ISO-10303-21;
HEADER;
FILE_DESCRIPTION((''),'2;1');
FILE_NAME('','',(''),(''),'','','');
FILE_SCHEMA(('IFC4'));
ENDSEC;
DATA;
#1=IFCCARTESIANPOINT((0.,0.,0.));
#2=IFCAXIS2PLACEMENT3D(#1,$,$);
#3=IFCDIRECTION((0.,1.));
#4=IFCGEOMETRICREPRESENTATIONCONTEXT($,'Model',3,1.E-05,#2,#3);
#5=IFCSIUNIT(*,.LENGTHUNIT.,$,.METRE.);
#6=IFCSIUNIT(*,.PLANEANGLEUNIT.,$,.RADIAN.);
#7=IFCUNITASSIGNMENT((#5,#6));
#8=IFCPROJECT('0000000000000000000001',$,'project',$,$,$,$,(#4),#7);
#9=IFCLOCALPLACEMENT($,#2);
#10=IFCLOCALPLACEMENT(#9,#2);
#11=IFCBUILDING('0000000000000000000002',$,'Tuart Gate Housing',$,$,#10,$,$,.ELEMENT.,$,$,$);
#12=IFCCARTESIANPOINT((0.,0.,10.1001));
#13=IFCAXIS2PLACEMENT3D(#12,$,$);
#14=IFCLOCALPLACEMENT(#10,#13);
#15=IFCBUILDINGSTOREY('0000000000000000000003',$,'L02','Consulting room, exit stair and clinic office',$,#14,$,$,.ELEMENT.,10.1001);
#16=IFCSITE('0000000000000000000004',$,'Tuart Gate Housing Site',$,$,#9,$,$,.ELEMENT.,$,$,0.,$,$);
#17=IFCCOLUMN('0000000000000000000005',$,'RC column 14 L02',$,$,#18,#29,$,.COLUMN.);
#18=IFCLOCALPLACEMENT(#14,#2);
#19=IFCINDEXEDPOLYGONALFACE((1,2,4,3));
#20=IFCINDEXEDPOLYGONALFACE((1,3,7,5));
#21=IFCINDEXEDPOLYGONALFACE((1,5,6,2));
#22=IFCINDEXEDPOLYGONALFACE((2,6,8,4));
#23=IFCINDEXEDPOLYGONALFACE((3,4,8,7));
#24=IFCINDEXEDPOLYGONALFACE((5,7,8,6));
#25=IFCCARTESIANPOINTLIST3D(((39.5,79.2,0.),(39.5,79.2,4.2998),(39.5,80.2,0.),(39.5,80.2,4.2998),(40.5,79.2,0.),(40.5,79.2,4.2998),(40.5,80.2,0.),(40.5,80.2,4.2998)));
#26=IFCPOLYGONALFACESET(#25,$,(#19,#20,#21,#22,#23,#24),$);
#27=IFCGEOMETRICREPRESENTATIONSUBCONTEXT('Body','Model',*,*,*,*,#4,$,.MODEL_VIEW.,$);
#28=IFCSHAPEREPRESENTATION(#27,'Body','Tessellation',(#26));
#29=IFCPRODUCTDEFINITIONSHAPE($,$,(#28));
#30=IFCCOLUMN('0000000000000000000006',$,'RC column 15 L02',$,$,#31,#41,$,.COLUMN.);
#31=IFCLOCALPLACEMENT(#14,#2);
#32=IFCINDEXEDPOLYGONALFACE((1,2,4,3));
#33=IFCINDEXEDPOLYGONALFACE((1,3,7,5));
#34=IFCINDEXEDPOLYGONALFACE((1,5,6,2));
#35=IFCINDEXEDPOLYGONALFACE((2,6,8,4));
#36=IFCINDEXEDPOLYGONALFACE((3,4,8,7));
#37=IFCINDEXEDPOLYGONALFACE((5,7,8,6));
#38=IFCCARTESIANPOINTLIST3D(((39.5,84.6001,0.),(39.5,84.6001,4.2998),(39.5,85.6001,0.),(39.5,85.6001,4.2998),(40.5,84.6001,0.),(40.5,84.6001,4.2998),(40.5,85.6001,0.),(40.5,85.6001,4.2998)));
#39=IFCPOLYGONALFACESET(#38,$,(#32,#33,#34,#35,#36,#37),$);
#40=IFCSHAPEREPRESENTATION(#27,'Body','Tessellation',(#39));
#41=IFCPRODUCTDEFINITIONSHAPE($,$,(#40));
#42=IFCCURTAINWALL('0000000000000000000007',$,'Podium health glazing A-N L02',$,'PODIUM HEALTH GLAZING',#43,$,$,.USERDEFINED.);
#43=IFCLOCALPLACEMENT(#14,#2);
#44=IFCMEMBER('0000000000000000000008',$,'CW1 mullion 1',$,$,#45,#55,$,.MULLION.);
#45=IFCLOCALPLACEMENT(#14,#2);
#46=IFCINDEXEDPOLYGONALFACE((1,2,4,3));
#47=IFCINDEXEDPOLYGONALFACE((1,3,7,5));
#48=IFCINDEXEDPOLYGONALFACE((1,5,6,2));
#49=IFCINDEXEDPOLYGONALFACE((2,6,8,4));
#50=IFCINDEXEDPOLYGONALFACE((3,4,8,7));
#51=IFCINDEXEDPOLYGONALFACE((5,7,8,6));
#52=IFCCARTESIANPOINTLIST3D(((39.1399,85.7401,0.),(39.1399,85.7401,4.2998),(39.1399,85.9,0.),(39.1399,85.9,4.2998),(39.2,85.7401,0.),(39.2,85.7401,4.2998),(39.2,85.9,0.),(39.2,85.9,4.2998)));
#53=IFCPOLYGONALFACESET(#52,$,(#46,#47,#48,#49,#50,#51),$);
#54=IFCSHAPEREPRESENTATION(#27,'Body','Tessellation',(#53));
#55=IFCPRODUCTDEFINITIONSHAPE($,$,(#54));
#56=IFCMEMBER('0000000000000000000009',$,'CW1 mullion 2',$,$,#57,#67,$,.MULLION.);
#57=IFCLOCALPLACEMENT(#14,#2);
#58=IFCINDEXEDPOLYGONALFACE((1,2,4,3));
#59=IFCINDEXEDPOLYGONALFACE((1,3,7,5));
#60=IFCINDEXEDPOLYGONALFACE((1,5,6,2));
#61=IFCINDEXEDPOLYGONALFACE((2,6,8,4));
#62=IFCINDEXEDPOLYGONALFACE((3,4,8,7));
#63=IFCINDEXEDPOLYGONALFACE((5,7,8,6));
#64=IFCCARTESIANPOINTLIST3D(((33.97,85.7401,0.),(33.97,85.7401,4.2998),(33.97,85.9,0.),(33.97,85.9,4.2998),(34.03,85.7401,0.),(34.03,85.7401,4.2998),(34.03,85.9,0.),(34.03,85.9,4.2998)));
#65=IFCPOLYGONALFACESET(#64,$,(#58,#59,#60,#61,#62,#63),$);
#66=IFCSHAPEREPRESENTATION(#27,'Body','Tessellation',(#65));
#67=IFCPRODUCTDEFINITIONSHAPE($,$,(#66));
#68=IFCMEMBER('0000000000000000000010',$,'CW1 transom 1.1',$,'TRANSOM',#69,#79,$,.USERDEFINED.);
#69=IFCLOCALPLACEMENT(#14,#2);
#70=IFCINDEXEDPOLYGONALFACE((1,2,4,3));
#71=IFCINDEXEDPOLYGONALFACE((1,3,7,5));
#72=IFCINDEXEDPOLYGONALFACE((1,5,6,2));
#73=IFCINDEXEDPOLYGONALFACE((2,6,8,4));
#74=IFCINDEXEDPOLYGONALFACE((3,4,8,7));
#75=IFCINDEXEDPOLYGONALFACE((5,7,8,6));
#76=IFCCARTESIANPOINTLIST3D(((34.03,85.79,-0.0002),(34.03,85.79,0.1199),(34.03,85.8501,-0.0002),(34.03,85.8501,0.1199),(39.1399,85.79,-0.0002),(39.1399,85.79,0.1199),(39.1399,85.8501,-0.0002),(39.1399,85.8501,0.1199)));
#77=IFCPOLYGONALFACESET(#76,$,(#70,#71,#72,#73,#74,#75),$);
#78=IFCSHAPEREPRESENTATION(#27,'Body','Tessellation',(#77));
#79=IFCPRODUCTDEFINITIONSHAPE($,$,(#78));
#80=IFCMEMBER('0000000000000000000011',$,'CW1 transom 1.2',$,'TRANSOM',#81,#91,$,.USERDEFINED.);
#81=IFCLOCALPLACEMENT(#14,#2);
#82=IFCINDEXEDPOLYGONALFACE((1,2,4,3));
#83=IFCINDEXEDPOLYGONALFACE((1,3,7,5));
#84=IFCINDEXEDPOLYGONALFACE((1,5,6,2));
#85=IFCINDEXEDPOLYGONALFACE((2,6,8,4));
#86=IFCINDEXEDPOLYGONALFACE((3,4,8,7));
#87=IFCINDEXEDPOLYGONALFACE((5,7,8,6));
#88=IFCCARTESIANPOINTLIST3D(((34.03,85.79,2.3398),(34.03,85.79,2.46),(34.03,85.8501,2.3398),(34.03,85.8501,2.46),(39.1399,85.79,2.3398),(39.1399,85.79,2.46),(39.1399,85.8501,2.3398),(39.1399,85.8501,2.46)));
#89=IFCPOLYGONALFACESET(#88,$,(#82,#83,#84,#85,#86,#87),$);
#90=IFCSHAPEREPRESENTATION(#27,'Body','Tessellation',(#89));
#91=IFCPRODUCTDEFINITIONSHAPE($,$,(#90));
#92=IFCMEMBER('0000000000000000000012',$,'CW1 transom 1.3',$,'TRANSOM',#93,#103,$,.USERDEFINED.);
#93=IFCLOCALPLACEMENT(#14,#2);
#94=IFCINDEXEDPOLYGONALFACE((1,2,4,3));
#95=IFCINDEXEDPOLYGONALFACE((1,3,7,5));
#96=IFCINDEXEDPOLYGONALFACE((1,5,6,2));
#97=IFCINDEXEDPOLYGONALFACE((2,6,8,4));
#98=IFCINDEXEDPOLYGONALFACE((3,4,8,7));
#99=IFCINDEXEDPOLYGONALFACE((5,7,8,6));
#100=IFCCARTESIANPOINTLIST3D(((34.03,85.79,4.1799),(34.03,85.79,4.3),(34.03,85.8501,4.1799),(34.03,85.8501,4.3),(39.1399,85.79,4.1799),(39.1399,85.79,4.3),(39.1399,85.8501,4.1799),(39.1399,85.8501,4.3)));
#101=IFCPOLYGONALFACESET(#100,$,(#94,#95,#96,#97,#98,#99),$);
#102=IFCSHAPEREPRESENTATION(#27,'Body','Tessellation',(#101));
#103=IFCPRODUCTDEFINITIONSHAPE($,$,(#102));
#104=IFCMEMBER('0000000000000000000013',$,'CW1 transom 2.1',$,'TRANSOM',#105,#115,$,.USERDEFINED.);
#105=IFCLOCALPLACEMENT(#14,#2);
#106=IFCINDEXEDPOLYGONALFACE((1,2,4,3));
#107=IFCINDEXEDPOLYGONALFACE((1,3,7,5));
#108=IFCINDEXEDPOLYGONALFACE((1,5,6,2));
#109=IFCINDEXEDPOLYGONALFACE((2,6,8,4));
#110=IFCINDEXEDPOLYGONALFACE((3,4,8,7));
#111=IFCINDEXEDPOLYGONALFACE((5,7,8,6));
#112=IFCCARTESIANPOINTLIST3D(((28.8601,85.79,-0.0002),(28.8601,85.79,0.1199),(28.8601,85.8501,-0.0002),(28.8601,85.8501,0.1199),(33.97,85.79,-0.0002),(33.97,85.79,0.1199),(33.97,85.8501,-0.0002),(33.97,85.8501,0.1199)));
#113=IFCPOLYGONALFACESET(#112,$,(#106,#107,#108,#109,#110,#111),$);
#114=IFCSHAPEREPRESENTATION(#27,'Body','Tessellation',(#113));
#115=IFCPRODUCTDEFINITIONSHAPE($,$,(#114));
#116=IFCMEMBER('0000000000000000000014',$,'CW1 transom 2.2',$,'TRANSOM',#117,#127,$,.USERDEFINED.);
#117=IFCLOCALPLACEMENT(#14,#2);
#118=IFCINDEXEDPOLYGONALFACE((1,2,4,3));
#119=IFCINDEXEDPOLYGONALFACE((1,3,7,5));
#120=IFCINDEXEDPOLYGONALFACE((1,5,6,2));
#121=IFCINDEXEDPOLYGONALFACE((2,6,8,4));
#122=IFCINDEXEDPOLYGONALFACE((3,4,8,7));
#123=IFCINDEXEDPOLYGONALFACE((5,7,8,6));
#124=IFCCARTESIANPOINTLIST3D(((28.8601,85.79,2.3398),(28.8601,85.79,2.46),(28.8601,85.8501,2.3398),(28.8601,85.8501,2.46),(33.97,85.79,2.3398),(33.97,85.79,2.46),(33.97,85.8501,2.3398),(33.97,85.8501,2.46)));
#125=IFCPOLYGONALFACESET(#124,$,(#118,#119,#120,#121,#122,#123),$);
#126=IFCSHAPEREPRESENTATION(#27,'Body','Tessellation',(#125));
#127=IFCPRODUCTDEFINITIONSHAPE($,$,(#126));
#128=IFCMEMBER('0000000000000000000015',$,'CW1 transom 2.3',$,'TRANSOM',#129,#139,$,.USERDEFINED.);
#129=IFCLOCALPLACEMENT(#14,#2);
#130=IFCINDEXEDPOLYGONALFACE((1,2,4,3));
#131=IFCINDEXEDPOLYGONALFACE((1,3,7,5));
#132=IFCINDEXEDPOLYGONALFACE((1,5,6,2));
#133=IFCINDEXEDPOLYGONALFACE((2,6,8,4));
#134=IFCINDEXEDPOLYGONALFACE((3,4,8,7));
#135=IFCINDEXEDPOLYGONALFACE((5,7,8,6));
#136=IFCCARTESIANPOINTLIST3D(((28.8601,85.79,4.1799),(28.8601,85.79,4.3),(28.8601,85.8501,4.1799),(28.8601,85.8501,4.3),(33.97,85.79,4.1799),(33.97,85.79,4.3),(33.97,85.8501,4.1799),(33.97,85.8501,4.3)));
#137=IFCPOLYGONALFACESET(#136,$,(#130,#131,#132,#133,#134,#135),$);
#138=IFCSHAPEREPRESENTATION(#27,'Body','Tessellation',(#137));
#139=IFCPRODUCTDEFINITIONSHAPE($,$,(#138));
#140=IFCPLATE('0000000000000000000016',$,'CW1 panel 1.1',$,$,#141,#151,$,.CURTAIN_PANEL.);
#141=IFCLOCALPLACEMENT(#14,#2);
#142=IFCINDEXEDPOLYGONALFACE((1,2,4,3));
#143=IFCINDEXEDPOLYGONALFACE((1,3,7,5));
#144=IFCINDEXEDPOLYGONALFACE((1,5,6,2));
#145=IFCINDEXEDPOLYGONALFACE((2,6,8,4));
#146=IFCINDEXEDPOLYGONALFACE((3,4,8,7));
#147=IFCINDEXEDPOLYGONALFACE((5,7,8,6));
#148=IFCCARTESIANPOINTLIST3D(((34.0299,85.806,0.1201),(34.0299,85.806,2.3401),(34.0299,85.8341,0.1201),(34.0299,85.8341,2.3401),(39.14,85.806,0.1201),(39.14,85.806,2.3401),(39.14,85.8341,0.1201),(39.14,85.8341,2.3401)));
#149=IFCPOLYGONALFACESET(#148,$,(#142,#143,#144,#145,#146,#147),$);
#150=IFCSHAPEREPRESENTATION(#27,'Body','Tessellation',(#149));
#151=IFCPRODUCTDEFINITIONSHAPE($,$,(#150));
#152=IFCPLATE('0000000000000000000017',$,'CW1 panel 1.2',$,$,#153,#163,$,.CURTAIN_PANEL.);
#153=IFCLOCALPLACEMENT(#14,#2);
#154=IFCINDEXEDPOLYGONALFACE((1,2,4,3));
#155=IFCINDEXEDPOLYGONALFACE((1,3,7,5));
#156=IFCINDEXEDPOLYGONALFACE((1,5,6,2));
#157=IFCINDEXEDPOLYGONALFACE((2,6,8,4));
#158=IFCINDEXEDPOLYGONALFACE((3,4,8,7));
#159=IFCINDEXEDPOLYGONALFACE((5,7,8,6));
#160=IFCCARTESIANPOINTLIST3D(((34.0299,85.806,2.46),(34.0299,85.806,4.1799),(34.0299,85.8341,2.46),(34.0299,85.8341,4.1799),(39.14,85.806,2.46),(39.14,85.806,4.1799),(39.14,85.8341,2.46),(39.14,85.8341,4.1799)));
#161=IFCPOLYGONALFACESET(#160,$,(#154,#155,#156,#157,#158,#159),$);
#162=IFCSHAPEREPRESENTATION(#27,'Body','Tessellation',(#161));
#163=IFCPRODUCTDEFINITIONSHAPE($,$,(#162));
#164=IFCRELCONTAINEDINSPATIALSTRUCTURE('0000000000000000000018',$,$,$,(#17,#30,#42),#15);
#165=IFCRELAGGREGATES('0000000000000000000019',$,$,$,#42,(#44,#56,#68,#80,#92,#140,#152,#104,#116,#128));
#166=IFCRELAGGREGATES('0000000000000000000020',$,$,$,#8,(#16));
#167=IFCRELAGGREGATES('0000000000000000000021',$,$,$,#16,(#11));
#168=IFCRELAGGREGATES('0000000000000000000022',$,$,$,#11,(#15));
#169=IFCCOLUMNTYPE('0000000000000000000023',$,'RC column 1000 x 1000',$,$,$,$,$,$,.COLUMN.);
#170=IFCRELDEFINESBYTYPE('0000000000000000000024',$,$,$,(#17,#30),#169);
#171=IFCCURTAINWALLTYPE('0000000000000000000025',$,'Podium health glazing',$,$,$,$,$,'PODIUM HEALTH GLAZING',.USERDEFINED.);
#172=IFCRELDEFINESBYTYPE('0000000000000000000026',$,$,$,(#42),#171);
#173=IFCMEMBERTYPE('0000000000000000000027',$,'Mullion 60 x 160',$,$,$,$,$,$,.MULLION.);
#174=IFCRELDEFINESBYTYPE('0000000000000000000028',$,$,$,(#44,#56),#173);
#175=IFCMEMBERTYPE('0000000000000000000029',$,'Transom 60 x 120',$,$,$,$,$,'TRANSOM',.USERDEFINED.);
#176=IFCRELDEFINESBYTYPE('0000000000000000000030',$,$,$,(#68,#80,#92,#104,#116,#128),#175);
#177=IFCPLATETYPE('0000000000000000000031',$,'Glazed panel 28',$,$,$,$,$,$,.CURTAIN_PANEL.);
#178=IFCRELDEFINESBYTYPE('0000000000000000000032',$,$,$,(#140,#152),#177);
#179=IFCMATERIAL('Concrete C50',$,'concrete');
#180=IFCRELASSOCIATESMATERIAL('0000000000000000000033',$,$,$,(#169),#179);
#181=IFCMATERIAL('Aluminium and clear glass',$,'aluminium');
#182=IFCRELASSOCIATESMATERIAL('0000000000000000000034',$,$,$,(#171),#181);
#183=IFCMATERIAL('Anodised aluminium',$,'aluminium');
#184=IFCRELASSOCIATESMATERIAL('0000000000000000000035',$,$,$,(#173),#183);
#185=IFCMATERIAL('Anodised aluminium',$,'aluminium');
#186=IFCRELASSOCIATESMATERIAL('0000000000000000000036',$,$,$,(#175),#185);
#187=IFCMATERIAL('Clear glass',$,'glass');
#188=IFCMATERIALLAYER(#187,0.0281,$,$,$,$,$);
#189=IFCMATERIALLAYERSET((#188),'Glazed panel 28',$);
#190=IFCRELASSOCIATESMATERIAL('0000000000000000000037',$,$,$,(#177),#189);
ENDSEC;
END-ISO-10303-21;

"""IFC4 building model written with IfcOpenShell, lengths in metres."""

from ifc_helpers import new_model, si_unit, direction, frame, origin, origin_2d, place, context, subcontext, project, spatial, rectangle, extrude, material, layer, layer_set, material_profile, profile_set, type_object, element, aggregate, save


model = new_model("IFC4")

# Units and contexts
model_context = context("Model", 3, precision=1e-05, world=origin(), true_north=direction((0.0, 1.0)))
body_context = subcontext(model_context, "Body", "Model", "MODEL_VIEW")
ifc_project = project(units=[si_unit("LENGTHUNIT", "METRE"), si_unit("PLANEANGLEUNIT", "RADIAN")], contexts=[model_context])

# Site, building, storey
site_placement = place(None, origin())
site = spatial("IfcSite", under=ifc_project, at=site_placement, Name="Tuart Gate Housing Site", CompositionType="ELEMENT", RefElevation=0.0)
building_placement = place(site_placement, origin())
building = spatial("IfcBuilding", under=site, at=building_placement, Name="Tuart Gate Housing", CompositionType="ELEMENT")
storey_placement = place(building_placement, frame((0.0, 0.0, 10.1001)))
storey = spatial("IfcBuildingStorey", under=building, at=storey_placement, Name="L02", Description="Consulting room, exit stair and clinic office", CompositionType="ELEMENT", Elevation=10.1001)

# Columns
ifc_material_1 = material(Name="Concrete C50", Category="concrete")
ifc_material_profile_1 = material_profile(ifc_material_1, rectangle(XDim=1.0, YDim=1.0, at=origin_2d()), Name="RC column 1000 x 1000")
ifc_profile_set_1 = profile_set([ifc_material_profile_1], Name="Concrete C50")
column_type = type_object("IfcColumnType", Name="RC column 1000 x 1000", PredefinedType="COLUMN", material=ifc_profile_set_1)
for number, where, z_axis, x_axis, name in (
    (1, (40.0, 79.7, 0.0), (0.0, 0.0, 1.0), (1.0, 0.0, 0.0), "RC column 14 L02"),
    (2, (40.0, 85.1001, 0.0), (0.0, 0.0, 1.0), (1.0, 0.0, 0.0), "RC column 15 L02"),
):
    element("IfcColumn", number, at=place(storey_placement, frame(where, z_axis=z_axis, x_axis=x_axis)), inside=storey, type_object=column_type, Name=name, PredefinedType="COLUMN", context=body_context, shape_type="SweptSolid", body=[
        extrude(rectangle(XDim=1.0, YDim=1.0, at=origin_2d()), origin(), (0.0, 0.0, 1.0), 4.2998),
    ])

# Curtain wall, members, plates
ifc_material_2 = material(Name="Aluminium and clear glass", Category="aluminium")
curtain_wall_type = type_object("IfcCurtainWallType", Name="Podium health glazing", ElementType="PODIUM HEALTH GLAZING", PredefinedType="USERDEFINED", material=ifc_material_2)
curtain_wall_placement = place(storey_placement, origin())
curtain_wall = element("IfcCurtainWall", 3, at=curtain_wall_placement, inside=storey, type_object=curtain_wall_type, Name="Podium health glazing A-N L02", ObjectType="PODIUM HEALTH GLAZING", PredefinedType="USERDEFINED")
ifc_material_3 = material(Name="Anodised aluminium", Category="aluminium")
ifc_material_profile_2 = material_profile(ifc_material_3, rectangle(XDim=0.0601, YDim=0.1599, at=origin_2d()), Name="60x160")
ifc_profile_set_2 = profile_set([ifc_material_profile_2], Name="Anodised aluminium")
member_type_1 = type_object("IfcMemberType", Name="Mullion 60 x 160", PredefinedType="MULLION", material=ifc_profile_set_2)
member_1_placement = place(storey_placement, frame((39.1699, 85.8201, 0.0), z_axis=(0.0, 0.0, 1.0), x_axis=(-1.0, 0.0, 0.0)))
member_1 = element("IfcMember", 4, at=member_1_placement, type_object=member_type_1, Name="CW1 mullion 1", PredefinedType="MULLION", context=body_context, shape_type="SweptSolid", body=[
    extrude(rectangle(XDim=0.0601, YDim=0.1599, at=origin_2d()), origin(), (0.0, 0.0, 1.0), 4.2998),
])
member_2_placement = place(storey_placement, frame((34.0, 85.8201, 0.0), z_axis=(0.0, 0.0, 1.0), x_axis=(-1.0, 0.0, 0.0)))
member_2 = element("IfcMember", 5, at=member_2_placement, type_object=member_type_1, Name="CW1 mullion 2", PredefinedType="MULLION", context=body_context, shape_type="SweptSolid", body=[
    extrude(rectangle(XDim=0.0601, YDim=0.1599, at=origin_2d()), origin(), (0.0, 0.0, 1.0), 4.2998),
])
ifc_material_4 = material(Name="Anodised aluminium", Category="aluminium")
ifc_material_profile_3 = material_profile(ifc_material_4, rectangle(XDim=0.0601, YDim=0.1201, at=origin_2d()), Name="60x120")
ifc_profile_set_3 = profile_set([ifc_material_profile_3], Name="Anodised aluminium")
member_type_2 = type_object("IfcMemberType", Name="Transom 60 x 120", ElementType="TRANSOM", PredefinedType="USERDEFINED", material=ifc_profile_set_3)
member_3_placement = place(storey_placement, frame((39.1399, 85.8201, 0.0598), z_axis=(-1.0, 0.0, 0.0), x_axis=(0.0, -1.0, 0.0)))
member_3 = element("IfcMember", 6, at=member_3_placement, type_object=member_type_2, Name="CW1 transom 1.1", ObjectType="TRANSOM", PredefinedType="USERDEFINED", context=body_context, shape_type="SweptSolid", body=[
    extrude(rectangle(XDim=0.0601, YDim=0.1201, at=origin_2d()), origin(), (0.0, 0.0, 1.0), 5.1099),
])
member_4_placement = place(storey_placement, frame((39.1399, 85.8201, 2.3999), z_axis=(-1.0, 0.0, 0.0), x_axis=(0.0, -1.0, 0.0)))
member_4 = element("IfcMember", 7, at=member_4_placement, type_object=member_type_2, Name="CW1 transom 1.2", ObjectType="TRANSOM", PredefinedType="USERDEFINED", context=body_context, shape_type="SweptSolid", body=[
    extrude(rectangle(XDim=0.0601, YDim=0.1201, at=origin_2d()), origin(), (0.0, 0.0, 1.0), 5.1099),
])
member_5_placement = place(storey_placement, frame((39.1399, 85.8201, 4.24), z_axis=(-1.0, 0.0, 0.0), x_axis=(0.0, -1.0, 0.0)))
member_5 = element("IfcMember", 8, at=member_5_placement, type_object=member_type_2, Name="CW1 transom 1.3", ObjectType="TRANSOM", PredefinedType="USERDEFINED", context=body_context, shape_type="SweptSolid", body=[
    extrude(rectangle(XDim=0.0601, YDim=0.1201, at=origin_2d()), origin(), (0.0, 0.0, 1.0), 5.1099),
])
member_6_placement = place(storey_placement, frame((33.97, 85.8201, 0.0598), z_axis=(-1.0, 0.0, 0.0), x_axis=(0.0, -1.0, 0.0)))
member_6 = element("IfcMember", 9, at=member_6_placement, type_object=member_type_2, Name="CW1 transom 2.1", ObjectType="TRANSOM", PredefinedType="USERDEFINED", context=body_context, shape_type="SweptSolid", body=[
    extrude(rectangle(XDim=0.0601, YDim=0.1201, at=origin_2d()), origin(), (0.0, 0.0, 1.0), 5.1099),
])
member_7_placement = place(storey_placement, frame((33.97, 85.8201, 2.3999), z_axis=(-1.0, 0.0, 0.0), x_axis=(0.0, -1.0, 0.0)))
member_7 = element("IfcMember", 10, at=member_7_placement, type_object=member_type_2, Name="CW1 transom 2.2", ObjectType="TRANSOM", PredefinedType="USERDEFINED", context=body_context, shape_type="SweptSolid", body=[
    extrude(rectangle(XDim=0.0601, YDim=0.1201, at=origin_2d()), origin(), (0.0, 0.0, 1.0), 5.1099),
])
member_8_placement = place(storey_placement, frame((33.97, 85.8201, 4.24), z_axis=(-1.0, 0.0, 0.0), x_axis=(0.0, -1.0, 0.0)))
member_8 = element("IfcMember", 11, at=member_8_placement, type_object=member_type_2, Name="CW1 transom 2.3", ObjectType="TRANSOM", PredefinedType="USERDEFINED", context=body_context, shape_type="SweptSolid", body=[
    extrude(rectangle(XDim=0.0601, YDim=0.1201, at=origin_2d()), origin(), (0.0, 0.0, 1.0), 5.1099),
])
ifc_material_5 = material(Name="Clear glass", Category="glass")
ifc_layer_1 = layer(ifc_material_5, 0.0281)
ifc_layer_set_1 = layer_set([ifc_layer_1], Name="Glazed panel 28")
plate_type = type_object("IfcPlateType", Name="Glazed panel 28", PredefinedType="CURTAIN_PANEL", material=ifc_layer_set_1)
plate_1_placement = place(storey_placement, frame((36.585, 85.8201, 0.1201), z_axis=(0.0, 0.0, 1.0), x_axis=(-1.0, 0.0, 0.0)))
plate_1 = element("IfcPlate", 12, at=plate_1_placement, type_object=plate_type, Name="CW1 panel 1.1", PredefinedType="CURTAIN_PANEL", context=body_context, shape_type="SweptSolid", body=[
    extrude(rectangle(XDim=5.1101, YDim=0.0281, at=origin_2d()), origin(), (0.0, 0.0, 1.0), 2.22),
])
plate_2_placement = place(storey_placement, frame((36.585, 85.8201, 2.46), z_axis=(0.0, 0.0, 1.0), x_axis=(-1.0, 0.0, 0.0)))
plate_2 = element("IfcPlate", 13, at=plate_2_placement, type_object=plate_type, Name="CW1 panel 1.2", PredefinedType="CURTAIN_PANEL", context=body_context, shape_type="SweptSolid", body=[
    extrude(rectangle(XDim=5.1101, YDim=0.0281, at=origin_2d()), origin(), (0.0, 0.0, 1.0), 1.72),
])
aggregate(curtain_wall, [member_1, member_2, member_3, member_4, member_5, plate_1, plate_2, member_6, member_7, member_8])

save(model, "model.ifc")
